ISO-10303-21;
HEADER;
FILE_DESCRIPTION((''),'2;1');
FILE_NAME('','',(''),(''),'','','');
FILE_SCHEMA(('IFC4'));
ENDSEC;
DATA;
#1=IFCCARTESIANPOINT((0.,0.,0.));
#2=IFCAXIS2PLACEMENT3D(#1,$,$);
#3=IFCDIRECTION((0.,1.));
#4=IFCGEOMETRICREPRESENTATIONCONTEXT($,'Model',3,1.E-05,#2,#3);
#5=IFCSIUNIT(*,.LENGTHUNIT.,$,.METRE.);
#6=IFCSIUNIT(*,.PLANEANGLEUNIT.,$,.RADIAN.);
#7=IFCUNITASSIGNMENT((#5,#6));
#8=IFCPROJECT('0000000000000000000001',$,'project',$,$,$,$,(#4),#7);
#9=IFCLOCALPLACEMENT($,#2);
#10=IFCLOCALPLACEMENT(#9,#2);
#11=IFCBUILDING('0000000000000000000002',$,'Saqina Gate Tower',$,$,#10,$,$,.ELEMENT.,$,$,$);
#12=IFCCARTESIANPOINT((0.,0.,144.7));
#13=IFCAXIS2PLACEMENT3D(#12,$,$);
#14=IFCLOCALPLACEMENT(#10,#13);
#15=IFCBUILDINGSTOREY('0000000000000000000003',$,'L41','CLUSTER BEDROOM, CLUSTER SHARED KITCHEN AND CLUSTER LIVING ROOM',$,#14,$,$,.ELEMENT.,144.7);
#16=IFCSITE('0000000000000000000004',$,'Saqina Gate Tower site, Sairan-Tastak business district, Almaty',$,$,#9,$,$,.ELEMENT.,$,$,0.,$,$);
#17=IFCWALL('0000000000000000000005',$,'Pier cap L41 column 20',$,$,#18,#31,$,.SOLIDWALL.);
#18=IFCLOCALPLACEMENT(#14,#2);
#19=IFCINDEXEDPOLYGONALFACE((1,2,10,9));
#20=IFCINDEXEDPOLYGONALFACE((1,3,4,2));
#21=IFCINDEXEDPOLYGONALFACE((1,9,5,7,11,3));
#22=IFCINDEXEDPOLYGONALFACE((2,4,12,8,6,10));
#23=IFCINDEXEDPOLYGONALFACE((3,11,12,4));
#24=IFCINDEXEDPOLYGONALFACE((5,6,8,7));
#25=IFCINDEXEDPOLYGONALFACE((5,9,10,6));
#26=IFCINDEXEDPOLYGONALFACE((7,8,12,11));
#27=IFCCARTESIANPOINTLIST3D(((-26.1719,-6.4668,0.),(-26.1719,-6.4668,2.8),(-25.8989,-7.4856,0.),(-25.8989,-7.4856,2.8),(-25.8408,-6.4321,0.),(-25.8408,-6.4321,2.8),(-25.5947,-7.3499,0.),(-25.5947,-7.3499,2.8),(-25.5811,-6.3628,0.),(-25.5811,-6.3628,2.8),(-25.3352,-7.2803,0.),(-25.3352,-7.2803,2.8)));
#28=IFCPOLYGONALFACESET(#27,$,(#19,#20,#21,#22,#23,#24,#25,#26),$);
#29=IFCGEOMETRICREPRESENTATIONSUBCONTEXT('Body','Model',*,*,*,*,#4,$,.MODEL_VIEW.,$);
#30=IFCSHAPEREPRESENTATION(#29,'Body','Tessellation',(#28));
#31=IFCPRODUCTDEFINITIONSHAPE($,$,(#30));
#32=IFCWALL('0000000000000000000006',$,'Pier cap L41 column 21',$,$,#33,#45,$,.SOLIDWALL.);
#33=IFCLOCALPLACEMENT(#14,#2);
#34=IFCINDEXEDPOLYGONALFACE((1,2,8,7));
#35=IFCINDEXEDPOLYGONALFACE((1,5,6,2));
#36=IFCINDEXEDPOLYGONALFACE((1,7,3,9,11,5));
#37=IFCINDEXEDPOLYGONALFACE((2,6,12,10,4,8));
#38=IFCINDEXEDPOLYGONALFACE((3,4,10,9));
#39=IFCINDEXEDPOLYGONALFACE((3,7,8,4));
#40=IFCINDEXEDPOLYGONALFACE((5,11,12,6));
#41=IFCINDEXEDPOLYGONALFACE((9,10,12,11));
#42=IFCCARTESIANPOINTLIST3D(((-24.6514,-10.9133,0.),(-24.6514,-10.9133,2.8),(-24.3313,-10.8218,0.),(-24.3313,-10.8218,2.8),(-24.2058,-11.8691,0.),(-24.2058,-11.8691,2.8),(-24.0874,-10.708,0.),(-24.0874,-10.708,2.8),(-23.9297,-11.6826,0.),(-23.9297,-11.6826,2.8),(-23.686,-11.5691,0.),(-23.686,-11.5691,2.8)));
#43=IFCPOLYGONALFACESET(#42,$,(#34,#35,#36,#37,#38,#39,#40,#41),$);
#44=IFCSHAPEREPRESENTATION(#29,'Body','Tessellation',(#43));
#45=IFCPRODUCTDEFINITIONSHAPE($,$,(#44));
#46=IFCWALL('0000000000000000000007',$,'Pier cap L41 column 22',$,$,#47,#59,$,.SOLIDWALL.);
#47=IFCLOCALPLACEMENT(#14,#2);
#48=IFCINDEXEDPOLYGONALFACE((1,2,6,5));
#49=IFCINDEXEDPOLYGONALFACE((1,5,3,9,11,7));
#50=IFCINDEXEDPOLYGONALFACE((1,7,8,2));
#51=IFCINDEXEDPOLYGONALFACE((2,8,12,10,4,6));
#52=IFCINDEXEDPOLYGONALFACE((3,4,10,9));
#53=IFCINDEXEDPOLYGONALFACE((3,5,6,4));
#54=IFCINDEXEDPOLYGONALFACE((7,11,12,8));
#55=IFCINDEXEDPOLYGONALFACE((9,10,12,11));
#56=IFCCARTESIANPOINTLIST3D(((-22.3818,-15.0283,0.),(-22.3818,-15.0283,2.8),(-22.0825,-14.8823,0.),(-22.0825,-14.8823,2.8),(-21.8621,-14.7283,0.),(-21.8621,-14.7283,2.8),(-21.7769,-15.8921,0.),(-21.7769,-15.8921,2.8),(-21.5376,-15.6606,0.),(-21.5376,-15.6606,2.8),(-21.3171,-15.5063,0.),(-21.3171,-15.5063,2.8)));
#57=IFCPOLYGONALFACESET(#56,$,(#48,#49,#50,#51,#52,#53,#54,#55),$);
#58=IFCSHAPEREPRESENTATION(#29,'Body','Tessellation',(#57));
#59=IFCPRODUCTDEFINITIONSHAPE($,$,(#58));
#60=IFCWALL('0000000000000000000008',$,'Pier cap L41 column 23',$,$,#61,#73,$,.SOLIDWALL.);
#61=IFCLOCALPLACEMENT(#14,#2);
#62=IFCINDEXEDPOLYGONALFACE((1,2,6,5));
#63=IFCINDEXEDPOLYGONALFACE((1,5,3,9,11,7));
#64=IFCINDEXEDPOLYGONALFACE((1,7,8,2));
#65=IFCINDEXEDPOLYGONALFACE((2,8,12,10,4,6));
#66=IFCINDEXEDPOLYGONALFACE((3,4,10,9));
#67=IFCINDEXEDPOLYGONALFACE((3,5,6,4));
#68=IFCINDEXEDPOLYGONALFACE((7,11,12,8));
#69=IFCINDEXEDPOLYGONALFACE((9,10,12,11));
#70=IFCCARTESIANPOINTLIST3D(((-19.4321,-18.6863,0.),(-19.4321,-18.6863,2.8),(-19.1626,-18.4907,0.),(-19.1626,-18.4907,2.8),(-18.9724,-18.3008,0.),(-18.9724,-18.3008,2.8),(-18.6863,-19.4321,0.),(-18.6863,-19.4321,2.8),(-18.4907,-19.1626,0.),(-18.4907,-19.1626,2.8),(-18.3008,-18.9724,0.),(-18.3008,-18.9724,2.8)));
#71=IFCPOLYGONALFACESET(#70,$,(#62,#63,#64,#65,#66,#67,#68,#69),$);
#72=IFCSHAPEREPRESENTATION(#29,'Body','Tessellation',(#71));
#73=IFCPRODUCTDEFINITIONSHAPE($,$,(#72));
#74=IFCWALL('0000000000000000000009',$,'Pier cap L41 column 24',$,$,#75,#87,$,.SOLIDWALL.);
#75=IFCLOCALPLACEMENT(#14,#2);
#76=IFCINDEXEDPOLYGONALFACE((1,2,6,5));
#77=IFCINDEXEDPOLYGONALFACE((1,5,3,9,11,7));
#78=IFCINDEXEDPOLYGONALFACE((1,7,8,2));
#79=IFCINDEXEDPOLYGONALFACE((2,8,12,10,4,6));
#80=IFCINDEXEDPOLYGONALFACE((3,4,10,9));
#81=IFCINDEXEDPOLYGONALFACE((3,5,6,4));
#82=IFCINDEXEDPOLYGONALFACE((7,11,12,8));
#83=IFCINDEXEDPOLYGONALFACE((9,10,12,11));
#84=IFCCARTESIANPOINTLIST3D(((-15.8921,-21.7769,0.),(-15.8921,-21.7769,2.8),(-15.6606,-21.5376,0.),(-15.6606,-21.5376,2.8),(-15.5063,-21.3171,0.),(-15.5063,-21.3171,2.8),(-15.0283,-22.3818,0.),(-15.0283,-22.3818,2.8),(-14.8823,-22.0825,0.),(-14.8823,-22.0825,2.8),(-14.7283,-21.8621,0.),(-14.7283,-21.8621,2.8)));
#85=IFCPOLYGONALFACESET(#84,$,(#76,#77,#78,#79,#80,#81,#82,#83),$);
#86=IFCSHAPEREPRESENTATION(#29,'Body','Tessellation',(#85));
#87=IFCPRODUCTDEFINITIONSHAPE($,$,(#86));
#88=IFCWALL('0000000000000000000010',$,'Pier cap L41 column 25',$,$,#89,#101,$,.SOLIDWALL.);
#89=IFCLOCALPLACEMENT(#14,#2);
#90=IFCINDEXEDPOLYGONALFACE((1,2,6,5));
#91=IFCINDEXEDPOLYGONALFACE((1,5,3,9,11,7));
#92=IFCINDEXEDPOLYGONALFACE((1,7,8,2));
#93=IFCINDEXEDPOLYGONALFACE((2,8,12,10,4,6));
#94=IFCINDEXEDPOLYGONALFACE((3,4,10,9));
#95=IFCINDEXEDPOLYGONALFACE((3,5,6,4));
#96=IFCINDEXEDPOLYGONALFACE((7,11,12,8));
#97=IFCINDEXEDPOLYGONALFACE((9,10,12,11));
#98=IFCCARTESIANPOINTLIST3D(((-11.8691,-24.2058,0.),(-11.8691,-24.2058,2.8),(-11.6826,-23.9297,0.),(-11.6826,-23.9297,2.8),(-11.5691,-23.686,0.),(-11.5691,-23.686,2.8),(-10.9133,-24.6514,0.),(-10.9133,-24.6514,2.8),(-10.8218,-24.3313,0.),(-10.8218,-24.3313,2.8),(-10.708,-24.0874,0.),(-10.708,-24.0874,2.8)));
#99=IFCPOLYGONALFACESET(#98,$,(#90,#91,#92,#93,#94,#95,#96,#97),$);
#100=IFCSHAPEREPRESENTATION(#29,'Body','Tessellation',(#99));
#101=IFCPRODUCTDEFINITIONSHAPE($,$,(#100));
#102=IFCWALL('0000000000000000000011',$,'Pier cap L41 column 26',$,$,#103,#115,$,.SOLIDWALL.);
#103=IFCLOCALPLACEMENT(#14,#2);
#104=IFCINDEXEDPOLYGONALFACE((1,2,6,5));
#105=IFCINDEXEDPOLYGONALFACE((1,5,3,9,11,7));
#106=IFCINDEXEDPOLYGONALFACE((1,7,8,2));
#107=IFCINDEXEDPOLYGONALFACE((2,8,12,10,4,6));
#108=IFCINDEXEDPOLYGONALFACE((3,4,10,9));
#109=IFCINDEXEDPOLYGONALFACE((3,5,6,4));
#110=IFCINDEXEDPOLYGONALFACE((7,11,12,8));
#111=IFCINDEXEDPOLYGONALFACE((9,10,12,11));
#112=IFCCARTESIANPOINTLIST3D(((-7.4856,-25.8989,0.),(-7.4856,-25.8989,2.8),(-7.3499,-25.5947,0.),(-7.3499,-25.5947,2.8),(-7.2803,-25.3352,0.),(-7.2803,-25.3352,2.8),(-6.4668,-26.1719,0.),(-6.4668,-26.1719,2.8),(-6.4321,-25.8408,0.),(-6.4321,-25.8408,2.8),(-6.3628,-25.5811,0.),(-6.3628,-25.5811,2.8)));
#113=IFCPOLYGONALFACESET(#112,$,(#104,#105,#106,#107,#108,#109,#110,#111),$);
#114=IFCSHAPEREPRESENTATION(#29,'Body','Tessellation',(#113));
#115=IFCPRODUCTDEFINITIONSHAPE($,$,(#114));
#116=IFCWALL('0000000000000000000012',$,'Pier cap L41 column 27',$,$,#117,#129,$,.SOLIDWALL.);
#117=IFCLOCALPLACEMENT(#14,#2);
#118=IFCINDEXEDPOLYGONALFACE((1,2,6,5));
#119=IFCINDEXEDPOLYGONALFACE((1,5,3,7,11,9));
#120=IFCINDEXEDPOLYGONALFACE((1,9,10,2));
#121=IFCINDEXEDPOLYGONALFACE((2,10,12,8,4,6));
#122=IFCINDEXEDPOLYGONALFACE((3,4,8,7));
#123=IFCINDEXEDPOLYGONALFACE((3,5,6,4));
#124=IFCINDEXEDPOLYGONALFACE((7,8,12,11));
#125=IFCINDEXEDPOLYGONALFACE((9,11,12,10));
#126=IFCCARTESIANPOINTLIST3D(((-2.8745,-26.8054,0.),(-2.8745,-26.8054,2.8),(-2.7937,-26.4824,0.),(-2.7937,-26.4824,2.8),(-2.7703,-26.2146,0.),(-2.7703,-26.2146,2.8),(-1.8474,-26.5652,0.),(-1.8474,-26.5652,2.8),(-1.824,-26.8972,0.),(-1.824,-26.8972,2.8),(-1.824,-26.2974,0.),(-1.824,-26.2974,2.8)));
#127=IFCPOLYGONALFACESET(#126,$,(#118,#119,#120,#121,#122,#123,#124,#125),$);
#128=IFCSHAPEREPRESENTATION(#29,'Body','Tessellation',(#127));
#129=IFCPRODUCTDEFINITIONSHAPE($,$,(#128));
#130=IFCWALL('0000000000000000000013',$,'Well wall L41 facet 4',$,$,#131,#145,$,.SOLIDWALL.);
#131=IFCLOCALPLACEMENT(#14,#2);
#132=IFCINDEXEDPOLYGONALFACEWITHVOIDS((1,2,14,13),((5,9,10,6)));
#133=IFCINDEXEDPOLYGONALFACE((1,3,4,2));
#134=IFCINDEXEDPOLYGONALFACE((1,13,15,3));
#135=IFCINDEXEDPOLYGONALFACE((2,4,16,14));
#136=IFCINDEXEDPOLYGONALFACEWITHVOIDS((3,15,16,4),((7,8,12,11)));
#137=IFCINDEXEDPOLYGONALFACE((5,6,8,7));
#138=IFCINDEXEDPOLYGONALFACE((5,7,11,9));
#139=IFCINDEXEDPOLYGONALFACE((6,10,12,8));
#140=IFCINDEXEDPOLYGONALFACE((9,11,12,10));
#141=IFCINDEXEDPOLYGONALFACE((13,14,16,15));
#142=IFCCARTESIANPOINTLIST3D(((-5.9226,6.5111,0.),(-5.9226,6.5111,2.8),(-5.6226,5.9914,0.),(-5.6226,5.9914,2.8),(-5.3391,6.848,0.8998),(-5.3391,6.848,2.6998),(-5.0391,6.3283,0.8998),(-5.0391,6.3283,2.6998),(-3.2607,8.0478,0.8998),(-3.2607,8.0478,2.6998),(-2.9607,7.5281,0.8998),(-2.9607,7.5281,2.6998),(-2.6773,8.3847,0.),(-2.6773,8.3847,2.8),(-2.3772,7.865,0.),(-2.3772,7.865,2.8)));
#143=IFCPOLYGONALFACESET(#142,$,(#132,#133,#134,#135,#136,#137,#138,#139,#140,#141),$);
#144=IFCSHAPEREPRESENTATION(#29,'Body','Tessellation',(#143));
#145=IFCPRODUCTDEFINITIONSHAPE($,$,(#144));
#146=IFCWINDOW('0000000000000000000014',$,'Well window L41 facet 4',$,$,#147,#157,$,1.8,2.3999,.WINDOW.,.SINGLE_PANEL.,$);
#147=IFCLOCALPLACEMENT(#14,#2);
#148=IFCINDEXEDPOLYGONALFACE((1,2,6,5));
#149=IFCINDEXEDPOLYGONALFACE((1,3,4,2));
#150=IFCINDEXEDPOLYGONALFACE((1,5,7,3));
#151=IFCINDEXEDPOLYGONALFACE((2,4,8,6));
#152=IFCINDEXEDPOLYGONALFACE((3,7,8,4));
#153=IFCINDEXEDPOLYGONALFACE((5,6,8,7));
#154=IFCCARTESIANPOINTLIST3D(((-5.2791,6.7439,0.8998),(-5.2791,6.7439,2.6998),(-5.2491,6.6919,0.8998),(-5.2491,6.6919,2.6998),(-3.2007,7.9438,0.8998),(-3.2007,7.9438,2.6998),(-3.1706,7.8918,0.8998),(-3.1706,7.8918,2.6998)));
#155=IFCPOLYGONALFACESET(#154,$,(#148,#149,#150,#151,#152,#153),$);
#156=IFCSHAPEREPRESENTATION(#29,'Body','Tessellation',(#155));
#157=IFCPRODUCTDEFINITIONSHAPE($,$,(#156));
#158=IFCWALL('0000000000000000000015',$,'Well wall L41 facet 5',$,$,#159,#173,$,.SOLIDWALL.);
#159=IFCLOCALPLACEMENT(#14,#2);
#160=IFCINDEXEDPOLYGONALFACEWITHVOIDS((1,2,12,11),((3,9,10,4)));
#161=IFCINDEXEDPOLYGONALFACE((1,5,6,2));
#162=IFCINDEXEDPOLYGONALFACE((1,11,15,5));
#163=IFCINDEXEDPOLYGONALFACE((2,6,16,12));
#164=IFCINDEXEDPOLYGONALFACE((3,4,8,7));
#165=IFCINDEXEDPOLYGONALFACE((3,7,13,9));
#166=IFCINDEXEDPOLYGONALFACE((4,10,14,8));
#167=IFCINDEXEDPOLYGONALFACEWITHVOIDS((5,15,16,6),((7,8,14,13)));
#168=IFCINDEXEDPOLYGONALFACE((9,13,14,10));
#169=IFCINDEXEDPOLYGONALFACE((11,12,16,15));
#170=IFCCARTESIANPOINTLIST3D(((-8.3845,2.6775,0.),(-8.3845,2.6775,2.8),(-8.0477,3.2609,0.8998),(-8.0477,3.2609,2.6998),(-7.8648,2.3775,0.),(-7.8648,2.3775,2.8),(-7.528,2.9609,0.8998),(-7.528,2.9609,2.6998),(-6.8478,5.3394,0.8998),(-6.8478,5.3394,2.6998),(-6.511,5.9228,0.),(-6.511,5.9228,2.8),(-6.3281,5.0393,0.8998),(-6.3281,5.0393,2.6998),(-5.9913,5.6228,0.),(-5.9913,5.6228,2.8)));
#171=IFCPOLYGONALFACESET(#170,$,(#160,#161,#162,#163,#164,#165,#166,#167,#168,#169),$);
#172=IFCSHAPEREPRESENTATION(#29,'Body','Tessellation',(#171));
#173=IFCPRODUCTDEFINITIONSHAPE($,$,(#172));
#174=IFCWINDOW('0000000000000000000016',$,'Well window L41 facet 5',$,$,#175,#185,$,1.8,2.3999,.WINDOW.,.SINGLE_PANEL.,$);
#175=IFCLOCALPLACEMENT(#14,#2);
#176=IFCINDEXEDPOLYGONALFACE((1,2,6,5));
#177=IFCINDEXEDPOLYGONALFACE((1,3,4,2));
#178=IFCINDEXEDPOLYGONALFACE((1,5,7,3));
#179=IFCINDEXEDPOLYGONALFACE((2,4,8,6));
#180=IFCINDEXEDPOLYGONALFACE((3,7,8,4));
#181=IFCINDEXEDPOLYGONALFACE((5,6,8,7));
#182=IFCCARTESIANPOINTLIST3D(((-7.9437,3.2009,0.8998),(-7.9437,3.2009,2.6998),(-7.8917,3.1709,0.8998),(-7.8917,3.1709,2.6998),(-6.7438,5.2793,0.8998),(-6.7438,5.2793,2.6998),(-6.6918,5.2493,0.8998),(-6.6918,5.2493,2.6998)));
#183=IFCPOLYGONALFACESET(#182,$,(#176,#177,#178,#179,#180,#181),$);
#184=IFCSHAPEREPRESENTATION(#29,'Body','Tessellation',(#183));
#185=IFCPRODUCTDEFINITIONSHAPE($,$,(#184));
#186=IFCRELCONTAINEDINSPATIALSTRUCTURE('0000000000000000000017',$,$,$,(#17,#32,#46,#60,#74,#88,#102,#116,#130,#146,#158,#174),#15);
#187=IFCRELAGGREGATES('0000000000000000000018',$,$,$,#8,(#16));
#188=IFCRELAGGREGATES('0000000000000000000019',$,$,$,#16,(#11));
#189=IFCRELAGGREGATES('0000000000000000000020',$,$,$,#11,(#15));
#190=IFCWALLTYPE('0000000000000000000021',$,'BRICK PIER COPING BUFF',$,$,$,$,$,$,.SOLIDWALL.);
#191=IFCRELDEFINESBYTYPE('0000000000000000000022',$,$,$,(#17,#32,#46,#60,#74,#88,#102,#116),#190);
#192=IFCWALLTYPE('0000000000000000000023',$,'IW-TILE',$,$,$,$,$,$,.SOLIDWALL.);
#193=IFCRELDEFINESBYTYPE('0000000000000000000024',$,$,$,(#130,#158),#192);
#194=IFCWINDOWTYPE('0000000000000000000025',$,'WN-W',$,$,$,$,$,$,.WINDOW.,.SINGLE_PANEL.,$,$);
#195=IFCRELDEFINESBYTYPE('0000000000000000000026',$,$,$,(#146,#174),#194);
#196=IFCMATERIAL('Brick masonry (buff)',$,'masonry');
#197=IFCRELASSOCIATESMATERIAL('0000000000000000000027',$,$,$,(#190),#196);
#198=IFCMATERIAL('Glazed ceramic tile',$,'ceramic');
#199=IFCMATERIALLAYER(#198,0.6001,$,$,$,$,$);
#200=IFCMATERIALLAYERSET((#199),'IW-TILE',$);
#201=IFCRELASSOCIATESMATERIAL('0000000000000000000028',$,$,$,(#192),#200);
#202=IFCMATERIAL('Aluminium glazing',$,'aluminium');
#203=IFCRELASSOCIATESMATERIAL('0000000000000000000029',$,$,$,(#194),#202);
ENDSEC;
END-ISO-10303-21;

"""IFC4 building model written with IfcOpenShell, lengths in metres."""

from ifc_helpers import new_model, si_unit, direction, frame, frame_2d, origin, place, context, subcontext, project, spatial, polyline, rectangle, outline, extrude, material, layer, layer_set, type_object, element, fill, save


model = new_model("IFC4")

# Units and contexts
model_context = context("Model", 3, precision=1e-05, world=origin(), true_north=direction((0.0, 1.0)))
body_context = subcontext(model_context, "Body", "Model", "MODEL_VIEW")
ifc_project = project(units=[si_unit("LENGTHUNIT", "METRE"), si_unit("PLANEANGLEUNIT", "RADIAN")], contexts=[model_context])

# Site, building, storey
site_placement = place(None, origin())
site = spatial("IfcSite", under=ifc_project, at=site_placement, Name="Saqina Gate Tower site, Sairan-Tastak business district, Almaty", CompositionType="ELEMENT", RefElevation=0.0)
building_placement = place(site_placement, origin())
building = spatial("IfcBuilding", under=site, at=building_placement, Name="Saqina Gate Tower", CompositionType="ELEMENT")
storey_placement = place(building_placement, frame((0.0, 0.0, 144.7)))
storey = spatial("IfcBuildingStorey", under=building, at=storey_placement, Name="L41", Description="CLUSTER BEDROOM, CLUSTER SHARED KITCHEN AND CLUSTER LIVING ROOM", CompositionType="ELEMENT", Elevation=144.7)

# Walls
ifc_material_1 = material(Name="Brick masonry (buff)", Category="masonry")
wall_type_1 = type_object("IfcWallType", Name="BRICK PIER COPING BUFF", PredefinedType="SOLIDWALL", material=ifc_material_1)
wall_1_placement = place(storey_placement, origin())
element("IfcWall", 1, at=wall_1_placement, inside=storey, type_object=wall_type_1, Name="Pier cap L41 column 20", PredefinedType="SOLIDWALL", context=body_context, shape_type="SweptSolid", body=[
    extrude(outline(polyline([(-26.1719, -6.4668), (-25.8989, -7.4856), (-25.3352, -7.2803), (-25.5947, -7.3499), (-25.8408, -6.4321), (-25.5811, -6.3628), (-26.1719, -6.4668)])), origin(), (0.0, 0.0, 1.0), 2.8),
])
wall_2_placement = place(storey_placement, origin())
element("IfcWall", 2, at=wall_2_placement, inside=storey, type_object=wall_type_1, Name="Pier cap L41 column 21", PredefinedType="SOLIDWALL", context=body_context, shape_type="SweptSolid", body=[
    extrude(outline(polyline([(-24.6514, -10.9133), (-24.2058, -11.8691), (-23.686, -11.5691), (-23.9297, -11.6826), (-24.3313, -10.8218), (-24.0874, -10.708), (-24.6514, -10.9133)])), origin(), (0.0, 0.0, 1.0), 2.8),
])
wall_3_placement = place(storey_placement, origin())
element("IfcWall", 3, at=wall_3_placement, inside=storey, type_object=wall_type_1, Name="Pier cap L41 column 22", PredefinedType="SOLIDWALL", context=body_context, shape_type="SweptSolid", body=[
    extrude(outline(polyline([(-21.7769, -15.8921), (-21.3171, -15.5063), (-21.5376, -15.6606), (-22.0825, -14.8823), (-21.8621, -14.7283), (-22.3818, -15.0283), (-21.7769, -15.8921)])), origin(), (0.0, 0.0, 1.0), 2.8),
])
wall_4_placement = place(storey_placement, origin())
element("IfcWall", 4, at=wall_4_placement, inside=storey, type_object=wall_type_1, Name="Pier cap L41 column 23", PredefinedType="SOLIDWALL", context=body_context, shape_type="SweptSolid", body=[
    extrude(outline(polyline([(-19.4321, -18.6863), (-18.6863, -19.4321), (-18.3008, -18.9724), (-18.4907, -19.1626), (-19.1626, -18.4907), (-18.9724, -18.3008), (-19.4321, -18.6863)])), origin(), (0.0, 0.0, 1.0), 2.8),
])
wall_5_placement = place(storey_placement, origin())
element("IfcWall", 5, at=wall_5_placement, inside=storey, type_object=wall_type_1, Name="Pier cap L41 column 24", PredefinedType="SOLIDWALL", context=body_context, shape_type="SweptSolid", body=[
    extrude(outline(polyline([(-15.0283, -22.3818), (-14.7283, -21.8621), (-14.8823, -22.0825), (-15.6606, -21.5376), (-15.5063, -21.3171), (-15.8921, -21.7769), (-15.0283, -22.3818)])), origin(), (0.0, 0.0, 1.0), 2.8),
])
wall_6_placement = place(storey_placement, origin())
element("IfcWall", 6, at=wall_6_placement, inside=storey, type_object=wall_type_1, Name="Pier cap L41 column 25", PredefinedType="SOLIDWALL", context=body_context, shape_type="SweptSolid", body=[
    extrude(outline(polyline([(-10.9133, -24.6514), (-10.708, -24.0874), (-10.8218, -24.3313), (-11.6826, -23.9297), (-11.5691, -23.686), (-11.8691, -24.2058), (-10.9133, -24.6514)])), origin(), (0.0, 0.0, 1.0), 2.8),
])
wall_7_placement = place(storey_placement, origin())
element("IfcWall", 7, at=wall_7_placement, inside=storey, type_object=wall_type_1, Name="Pier cap L41 column 26", PredefinedType="SOLIDWALL", context=body_context, shape_type="SweptSolid", body=[
    extrude(outline(polyline([(-7.4856, -25.8989), (-6.4668, -26.1719), (-6.3628, -25.5811), (-6.4321, -25.8408), (-7.3499, -25.5947), (-7.2803, -25.3352), (-7.4856, -25.8989)])), origin(), (0.0, 0.0, 1.0), 2.8),
])
wall_8_placement = place(storey_placement, origin())
element("IfcWall", 8, at=wall_8_placement, inside=storey, type_object=wall_type_1, Name="Pier cap L41 column 27", PredefinedType="SOLIDWALL", context=body_context, shape_type="SweptSolid", body=[
    extrude(outline(polyline([(-2.8745, -26.8054), (-1.824, -26.8972), (-1.824, -26.2974), (-1.8474, -26.5652), (-2.7937, -26.4824), (-2.7703, -26.2146), (-2.8745, -26.8054)])), origin(), (0.0, 0.0, 1.0), 2.8),
])

# Walls, openings, windows
ifc_material_2 = material(Name="Glazed ceramic tile", Category="ceramic")
ifc_layer_1 = layer(ifc_material_2, 0.6001)
ifc_layer_set_1 = layer_set([ifc_layer_1], Name="IW-TILE")
wall_type_2 = type_object("IfcWallType", Name="IW-TILE", PredefinedType="SOLIDWALL", material=ifc_layer_set_1)
wall_9_placement = place(storey_placement, frame((-2.5273, 8.1248, 0.0), z_axis=(0.0, 0.0, 1.0), x_axis=(-0.866046, -0.499965, 0.0)))
wall_9 = element("IfcWall", 9, at=wall_9_placement, inside=storey, type_object=wall_type_2, Name="Well wall L41 facet 4", PredefinedType="SOLIDWALL", context=body_context, shape_type="SweptSolid", body=[
    extrude(rectangle(XDim=3.7473, YDim=0.6001, at=frame_2d((1.8735, 0.0))), origin(), (0.0, 0.0, 1.0), 2.8),
])
opening_1_placement = place(wall_9_placement, frame((0.6736, 0.0, 0.8999)))
opening_1 = element("IfcOpeningElement", 10, at=opening_1_placement, cuts=wall_9, PredefinedType="OPENING", context=body_context, shape_type="SweptSolid", body=[
    extrude(rectangle(XDim=2.3999, YDim=1.8, at=frame_2d((1.2, 0.8999))), frame((0.0, 0.312, 0.0), z_axis=(0.0, -1.0, 0.0), x_axis=(1.0, 0.0, 0.0)), (0.0, 0.0, 1.0), 0.624),
])
ifc_material_3 = material(Name="Aluminium glazing", Category="aluminium")
window_type = type_object("IfcWindowType", Name="WN-W", PartitioningType="SINGLE_PANEL", PredefinedType="WINDOW", material=ifc_material_3)
window_1_placement = place(opening_1_placement, origin())
window_1 = element("IfcWindow", 11, at=window_1_placement, inside=storey, type_object=window_type, Name="Well window L41 facet 4", OverallHeight=1.8, OverallWidth=2.3999, PartitioningType="SINGLE_PANEL", PredefinedType="WINDOW", context=body_context, shape_type="SweptSolid", body=[
    extrude(rectangle(XDim=2.3999, YDim=1.8, at=frame_2d((1.2, 0.8999))), frame((0.0, -0.1199, 0.0), z_axis=(0.0, -1.0, 0.0), x_axis=(1.0, 0.0, 0.0)), (0.0, 0.0, 1.0), 0.0601),
])
fill(opening_1, window_1)
wall_10_placement = place(storey_placement, frame((-6.2512, 5.7727, 0.0), z_axis=(0.0, 0.0, 1.0), x_axis=(-0.499965, -0.866046, 0.0)))
wall_10 = element("IfcWall", 12, at=wall_10_placement, inside=storey, type_object=wall_type_2, Name="Well wall L41 facet 5", PredefinedType="SOLIDWALL", context=body_context, shape_type="SweptSolid", body=[
    extrude(rectangle(XDim=3.7473, YDim=0.6001, at=frame_2d((1.8735, 0.0))), origin(), (0.0, 0.0, 1.0), 2.8),
])
opening_2_placement = place(wall_10_placement, frame((0.6736, 0.0, 0.8999)))
opening_2 = element("IfcOpeningElement", 13, at=opening_2_placement, cuts=wall_10, PredefinedType="OPENING", context=body_context, shape_type="SweptSolid", body=[
    extrude(rectangle(XDim=2.3999, YDim=1.8, at=frame_2d((1.2, 0.8999))), frame((0.0, 0.312, 0.0), z_axis=(0.0, -1.0, 0.0), x_axis=(1.0, 0.0, 0.0)), (0.0, 0.0, 1.0), 0.624),
])
window_2_placement = place(opening_2_placement, origin())
window_2 = element("IfcWindow", 14, at=window_2_placement, inside=storey, type_object=window_type, Name="Well window L41 facet 5", OverallHeight=1.8, OverallWidth=2.3999, PartitioningType="SINGLE_PANEL", PredefinedType="WINDOW", context=body_context, shape_type="SweptSolid", body=[
    extrude(rectangle(XDim=2.3999, YDim=1.8, at=frame_2d((1.2, 0.8999))), frame((0.0, -0.1199, 0.0), z_axis=(0.0, -1.0, 0.0), x_axis=(1.0, 0.0, 0.0)), (0.0, 0.0, 1.0), 0.0601),
])
fill(opening_2, window_2)

save(model, "model.ifc")
